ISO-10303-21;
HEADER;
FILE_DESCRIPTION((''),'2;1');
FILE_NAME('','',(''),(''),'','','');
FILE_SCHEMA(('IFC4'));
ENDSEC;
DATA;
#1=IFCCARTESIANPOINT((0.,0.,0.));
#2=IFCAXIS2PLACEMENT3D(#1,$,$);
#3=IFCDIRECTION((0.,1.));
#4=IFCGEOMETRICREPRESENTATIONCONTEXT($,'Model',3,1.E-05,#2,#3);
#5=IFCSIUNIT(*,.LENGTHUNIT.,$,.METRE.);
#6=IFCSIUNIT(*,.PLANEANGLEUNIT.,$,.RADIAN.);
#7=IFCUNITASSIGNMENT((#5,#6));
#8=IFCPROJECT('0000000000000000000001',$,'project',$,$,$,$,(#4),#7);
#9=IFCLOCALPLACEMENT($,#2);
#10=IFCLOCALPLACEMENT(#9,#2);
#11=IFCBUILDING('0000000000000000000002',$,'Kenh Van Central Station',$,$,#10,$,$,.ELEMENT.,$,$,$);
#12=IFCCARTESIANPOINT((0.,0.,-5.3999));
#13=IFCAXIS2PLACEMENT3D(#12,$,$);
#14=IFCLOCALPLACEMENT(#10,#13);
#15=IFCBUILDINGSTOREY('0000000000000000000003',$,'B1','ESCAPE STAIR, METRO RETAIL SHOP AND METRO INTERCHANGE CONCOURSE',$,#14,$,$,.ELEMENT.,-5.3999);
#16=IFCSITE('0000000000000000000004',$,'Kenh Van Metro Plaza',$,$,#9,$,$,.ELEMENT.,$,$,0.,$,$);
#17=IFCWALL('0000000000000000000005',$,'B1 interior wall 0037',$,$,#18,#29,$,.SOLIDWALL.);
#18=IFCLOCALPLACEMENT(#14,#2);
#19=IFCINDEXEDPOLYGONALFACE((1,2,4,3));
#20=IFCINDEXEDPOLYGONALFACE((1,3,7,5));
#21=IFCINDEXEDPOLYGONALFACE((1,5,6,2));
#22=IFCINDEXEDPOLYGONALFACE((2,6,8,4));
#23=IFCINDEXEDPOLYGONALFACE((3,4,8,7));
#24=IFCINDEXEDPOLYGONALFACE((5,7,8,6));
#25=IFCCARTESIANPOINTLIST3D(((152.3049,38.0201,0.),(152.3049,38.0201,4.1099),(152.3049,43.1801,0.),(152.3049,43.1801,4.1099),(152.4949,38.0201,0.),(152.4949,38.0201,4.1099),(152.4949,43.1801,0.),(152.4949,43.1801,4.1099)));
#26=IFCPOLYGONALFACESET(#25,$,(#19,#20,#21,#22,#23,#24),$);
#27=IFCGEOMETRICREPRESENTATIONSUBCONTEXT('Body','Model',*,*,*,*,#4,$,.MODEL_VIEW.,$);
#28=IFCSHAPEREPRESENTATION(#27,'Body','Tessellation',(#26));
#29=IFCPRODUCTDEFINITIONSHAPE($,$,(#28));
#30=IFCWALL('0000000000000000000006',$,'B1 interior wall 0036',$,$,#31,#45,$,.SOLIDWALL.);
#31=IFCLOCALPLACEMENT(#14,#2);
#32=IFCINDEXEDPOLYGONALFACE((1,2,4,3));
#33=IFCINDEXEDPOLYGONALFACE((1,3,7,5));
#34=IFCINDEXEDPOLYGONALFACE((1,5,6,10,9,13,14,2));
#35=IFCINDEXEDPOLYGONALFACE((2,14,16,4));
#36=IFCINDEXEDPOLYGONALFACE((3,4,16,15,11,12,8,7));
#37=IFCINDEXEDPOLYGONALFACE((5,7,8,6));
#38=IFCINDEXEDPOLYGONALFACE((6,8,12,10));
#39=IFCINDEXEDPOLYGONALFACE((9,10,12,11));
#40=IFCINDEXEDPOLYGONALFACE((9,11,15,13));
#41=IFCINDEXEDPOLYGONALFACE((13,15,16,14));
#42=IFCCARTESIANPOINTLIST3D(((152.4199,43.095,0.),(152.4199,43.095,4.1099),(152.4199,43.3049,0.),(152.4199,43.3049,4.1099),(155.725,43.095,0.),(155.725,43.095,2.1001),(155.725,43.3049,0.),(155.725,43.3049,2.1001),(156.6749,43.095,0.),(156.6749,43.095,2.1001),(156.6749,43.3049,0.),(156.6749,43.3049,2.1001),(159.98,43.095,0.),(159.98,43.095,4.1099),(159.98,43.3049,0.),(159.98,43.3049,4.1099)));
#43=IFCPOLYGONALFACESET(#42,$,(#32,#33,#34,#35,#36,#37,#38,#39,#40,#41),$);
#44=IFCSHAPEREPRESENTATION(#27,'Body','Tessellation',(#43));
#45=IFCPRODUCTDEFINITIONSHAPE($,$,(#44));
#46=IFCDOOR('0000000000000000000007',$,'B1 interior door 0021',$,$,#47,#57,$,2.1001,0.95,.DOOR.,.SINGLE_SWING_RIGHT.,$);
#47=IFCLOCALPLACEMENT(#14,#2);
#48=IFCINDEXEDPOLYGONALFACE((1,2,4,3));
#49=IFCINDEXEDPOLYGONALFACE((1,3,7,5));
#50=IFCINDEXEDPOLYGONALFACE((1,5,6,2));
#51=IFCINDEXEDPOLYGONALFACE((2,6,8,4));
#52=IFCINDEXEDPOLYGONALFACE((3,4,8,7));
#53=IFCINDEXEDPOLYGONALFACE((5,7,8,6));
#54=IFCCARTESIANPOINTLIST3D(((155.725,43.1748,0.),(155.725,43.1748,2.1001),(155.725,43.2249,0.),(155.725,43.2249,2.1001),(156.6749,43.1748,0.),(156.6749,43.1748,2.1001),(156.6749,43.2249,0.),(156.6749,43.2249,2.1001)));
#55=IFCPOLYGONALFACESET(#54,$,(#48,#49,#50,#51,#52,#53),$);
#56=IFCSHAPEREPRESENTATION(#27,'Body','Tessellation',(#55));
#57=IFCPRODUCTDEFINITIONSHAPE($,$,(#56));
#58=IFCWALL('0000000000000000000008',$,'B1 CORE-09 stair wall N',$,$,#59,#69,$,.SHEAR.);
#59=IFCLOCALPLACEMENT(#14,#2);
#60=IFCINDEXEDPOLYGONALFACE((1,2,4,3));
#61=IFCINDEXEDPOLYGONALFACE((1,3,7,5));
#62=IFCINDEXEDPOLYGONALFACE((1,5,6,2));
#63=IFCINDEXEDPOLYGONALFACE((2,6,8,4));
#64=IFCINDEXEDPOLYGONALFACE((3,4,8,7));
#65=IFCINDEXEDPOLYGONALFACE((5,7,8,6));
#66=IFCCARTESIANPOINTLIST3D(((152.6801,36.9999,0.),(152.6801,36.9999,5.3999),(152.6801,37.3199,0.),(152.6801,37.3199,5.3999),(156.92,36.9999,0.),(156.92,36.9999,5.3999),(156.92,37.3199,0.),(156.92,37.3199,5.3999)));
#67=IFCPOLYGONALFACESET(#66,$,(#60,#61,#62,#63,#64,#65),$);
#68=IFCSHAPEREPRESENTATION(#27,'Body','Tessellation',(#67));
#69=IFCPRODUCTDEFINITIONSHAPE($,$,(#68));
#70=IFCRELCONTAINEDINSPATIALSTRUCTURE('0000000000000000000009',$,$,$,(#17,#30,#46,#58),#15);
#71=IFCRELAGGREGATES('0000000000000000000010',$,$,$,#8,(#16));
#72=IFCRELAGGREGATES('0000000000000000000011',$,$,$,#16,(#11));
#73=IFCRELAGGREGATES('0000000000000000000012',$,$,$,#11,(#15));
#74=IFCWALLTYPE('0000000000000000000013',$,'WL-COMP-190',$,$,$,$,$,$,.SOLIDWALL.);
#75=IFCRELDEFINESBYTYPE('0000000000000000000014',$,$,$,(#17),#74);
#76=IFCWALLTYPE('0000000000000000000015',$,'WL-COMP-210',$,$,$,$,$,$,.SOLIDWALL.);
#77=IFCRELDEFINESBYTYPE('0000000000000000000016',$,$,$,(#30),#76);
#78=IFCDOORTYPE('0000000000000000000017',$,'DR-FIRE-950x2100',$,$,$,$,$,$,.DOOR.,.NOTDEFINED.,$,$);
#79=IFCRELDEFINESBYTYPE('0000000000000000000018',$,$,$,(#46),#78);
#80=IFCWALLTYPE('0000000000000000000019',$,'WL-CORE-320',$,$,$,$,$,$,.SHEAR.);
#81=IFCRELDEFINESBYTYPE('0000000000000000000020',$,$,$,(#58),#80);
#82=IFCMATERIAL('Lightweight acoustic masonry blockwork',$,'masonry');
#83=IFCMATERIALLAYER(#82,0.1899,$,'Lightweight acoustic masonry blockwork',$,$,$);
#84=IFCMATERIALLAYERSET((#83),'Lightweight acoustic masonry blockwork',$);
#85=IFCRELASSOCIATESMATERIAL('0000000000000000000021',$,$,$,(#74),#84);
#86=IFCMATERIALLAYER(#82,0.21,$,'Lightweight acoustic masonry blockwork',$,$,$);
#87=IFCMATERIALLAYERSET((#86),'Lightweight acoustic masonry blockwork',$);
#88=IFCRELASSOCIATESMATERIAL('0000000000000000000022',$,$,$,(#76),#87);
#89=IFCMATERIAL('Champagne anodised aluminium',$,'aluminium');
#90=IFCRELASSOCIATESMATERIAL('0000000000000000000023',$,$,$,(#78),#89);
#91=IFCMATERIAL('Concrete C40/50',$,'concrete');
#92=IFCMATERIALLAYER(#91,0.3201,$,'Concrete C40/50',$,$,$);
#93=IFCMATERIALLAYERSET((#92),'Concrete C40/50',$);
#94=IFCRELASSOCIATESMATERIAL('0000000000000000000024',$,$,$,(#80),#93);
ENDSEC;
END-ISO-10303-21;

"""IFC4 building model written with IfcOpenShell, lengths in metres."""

from ifc_helpers import new_model, si_unit, direction, frame, frame_2d, origin, place, context, subcontext, project, spatial, rectangle, extrude, material, layer, layer_set, type_object, element, fill, save


model = new_model("IFC4")

# Units and contexts
model_context = context("Model", 3, precision=1e-05, world=origin(), true_north=direction((0.0, 1.0)))
body_context = subcontext(model_context, "Body", "Model", "MODEL_VIEW")
ifc_project = project(units=[si_unit("LENGTHUNIT", "METRE"), si_unit("PLANEANGLEUNIT", "RADIAN")], contexts=[model_context])

# Site, building, storey
site_placement = place(None, origin())
site = spatial("IfcSite", under=ifc_project, at=site_placement, Name="Kenh Van Metro Plaza", CompositionType="ELEMENT", RefElevation=0.0)
building_placement = place(site_placement, origin())
building = spatial("IfcBuilding", under=site, at=building_placement, Name="Kenh Van Central Station", CompositionType="ELEMENT")
storey_placement = place(building_placement, frame((0.0, 0.0, -5.3999)))
storey = spatial("IfcBuildingStorey", under=building, at=storey_placement, Name="B1", Description="ESCAPE STAIR, METRO RETAIL SHOP AND METRO INTERCHANGE CONCOURSE", CompositionType="ELEMENT", Elevation=-5.3999)

# Shared definitions
ifc_material_1 = material(Name="Concrete C40/50", Category="concrete")

# Shared definitions
ifc_material_2 = material(Name="Lightweight acoustic masonry blockwork", Category="masonry")
ifc_layer_1 = layer(ifc_material_2, 0.1899, Name="Lightweight acoustic masonry blockwork")
ifc_layer_set_1 = layer_set([ifc_layer_1], Name="Lightweight acoustic masonry blockwork")
wall_type_1 = type_object("IfcWallType", Name="WL-COMP-190", PredefinedType="SOLIDWALL", material=ifc_layer_set_1)
ifc_material_3 = material(Name="Champagne anodised aluminium", Category="aluminium")

# Wall
wall_1_placement = place(storey_placement, frame((152.3999, 38.02, 0.0), z_axis=(0.0, 0.0, 1.0), x_axis=(0.0, 1.0, 0.0)))
element("IfcWall", 1, at=wall_1_placement, inside=storey, type_object=wall_type_1, Name="B1 interior wall 0037", PredefinedType="SOLIDWALL", context=body_context, shape_type="SweptSolid", body=[
    extrude(rectangle(XDim=5.1599, YDim=0.1899, at=frame_2d((2.5801, 0.0))), origin(), (0.0, 0.0, 1.0), 4.1099),
])

# Wall, opening, door
ifc_layer_2 = layer(ifc_material_2, 0.21, Name="Lightweight acoustic masonry blockwork")
ifc_layer_set_2 = layer_set([ifc_layer_2], Name="Lightweight acoustic masonry blockwork")
wall_type_2 = type_object("IfcWallType", Name="WL-COMP-210", PredefinedType="SOLIDWALL", material=ifc_layer_set_2)
wall_2_placement = place(storey_placement, frame((152.4199, 43.2, 0.0), z_axis=(0.0, 0.0, 1.0), x_axis=(1.0, 0.0, 0.0)))
wall_2 = element("IfcWall", 2, at=wall_2_placement, inside=storey, type_object=wall_type_2, Name="B1 interior wall 0036", PredefinedType="SOLIDWALL", context=body_context, shape_type="SweptSolid", body=[
    extrude(rectangle(XDim=7.5601, YDim=0.21, at=frame_2d((3.78, 0.0))), origin(), (0.0, 0.0, 1.0), 4.1099),
])
opening_1_placement = place(wall_2_placement, frame((3.3049, 0.0, 0.0)))
opening_1 = element("IfcOpeningElement", 3, at=opening_1_placement, cuts=wall_2, PredefinedType="OPENING", context=body_context, shape_type="SweptSolid", body=[
    extrude(rectangle(XDim=0.95, YDim=2.1001, at=frame_2d((0.4751, 1.05))), frame((0.0, 0.115, 0.0), z_axis=(0.0, -1.0, 0.0), x_axis=(1.0, 0.0, 0.0)), (0.0, 0.0, 1.0), 0.23),
])
door_type_1 = type_object("IfcDoorType", Name="DR-FIRE-950x2100", OperationType="NOTDEFINED", PredefinedType="DOOR", material=ifc_material_3)
door_1_placement = place(opening_1_placement, origin())
door_1 = element("IfcDoor", 4, at=door_1_placement, inside=storey, type_object=door_type_1, Name="B1 interior door 0021", OperationType="SINGLE_SWING_RIGHT", OverallHeight=2.1001, OverallWidth=0.95, PredefinedType="DOOR", context=body_context, shape_type="SweptSolid", body=[
    extrude(rectangle(XDim=0.95, YDim=2.1001, at=frame_2d((0.4751, 1.05))), frame((0.0, 0.0249, 0.0), z_axis=(0.0, -1.0, 0.0), x_axis=(1.0, 0.0, 0.0)), (0.0, 0.0, 1.0), 0.05),
])
fill(opening_1, door_1)

# Wall
ifc_layer_3 = layer(ifc_material_1, 0.3201, Name="Concrete C40/50")
ifc_layer_set_3 = layer_set([ifc_layer_3], Name="Concrete C40/50")
wall_type_3 = type_object("IfcWallType", Name="WL-CORE-320", PredefinedType="SHEAR", material=ifc_layer_set_3)
wall_3_placement = place(storey_placement, frame((152.6799, 37.1599, 0.0), z_axis=(0.0, 0.0, 1.0), x_axis=(1.0, 0.0, 0.0)))
element("IfcWall", 5, at=wall_3_placement, inside=storey, type_object=wall_type_3, Name="B1 CORE-09 stair wall N", PredefinedType="SHEAR", context=body_context, shape_type="SweptSolid", body=[
    extrude(rectangle(XDim=4.24, YDim=0.3201, at=frame_2d((2.1201, 0.0))), origin(), (0.0, 0.0, 1.0), 5.3999),
])

save(model, "model.ifc")
